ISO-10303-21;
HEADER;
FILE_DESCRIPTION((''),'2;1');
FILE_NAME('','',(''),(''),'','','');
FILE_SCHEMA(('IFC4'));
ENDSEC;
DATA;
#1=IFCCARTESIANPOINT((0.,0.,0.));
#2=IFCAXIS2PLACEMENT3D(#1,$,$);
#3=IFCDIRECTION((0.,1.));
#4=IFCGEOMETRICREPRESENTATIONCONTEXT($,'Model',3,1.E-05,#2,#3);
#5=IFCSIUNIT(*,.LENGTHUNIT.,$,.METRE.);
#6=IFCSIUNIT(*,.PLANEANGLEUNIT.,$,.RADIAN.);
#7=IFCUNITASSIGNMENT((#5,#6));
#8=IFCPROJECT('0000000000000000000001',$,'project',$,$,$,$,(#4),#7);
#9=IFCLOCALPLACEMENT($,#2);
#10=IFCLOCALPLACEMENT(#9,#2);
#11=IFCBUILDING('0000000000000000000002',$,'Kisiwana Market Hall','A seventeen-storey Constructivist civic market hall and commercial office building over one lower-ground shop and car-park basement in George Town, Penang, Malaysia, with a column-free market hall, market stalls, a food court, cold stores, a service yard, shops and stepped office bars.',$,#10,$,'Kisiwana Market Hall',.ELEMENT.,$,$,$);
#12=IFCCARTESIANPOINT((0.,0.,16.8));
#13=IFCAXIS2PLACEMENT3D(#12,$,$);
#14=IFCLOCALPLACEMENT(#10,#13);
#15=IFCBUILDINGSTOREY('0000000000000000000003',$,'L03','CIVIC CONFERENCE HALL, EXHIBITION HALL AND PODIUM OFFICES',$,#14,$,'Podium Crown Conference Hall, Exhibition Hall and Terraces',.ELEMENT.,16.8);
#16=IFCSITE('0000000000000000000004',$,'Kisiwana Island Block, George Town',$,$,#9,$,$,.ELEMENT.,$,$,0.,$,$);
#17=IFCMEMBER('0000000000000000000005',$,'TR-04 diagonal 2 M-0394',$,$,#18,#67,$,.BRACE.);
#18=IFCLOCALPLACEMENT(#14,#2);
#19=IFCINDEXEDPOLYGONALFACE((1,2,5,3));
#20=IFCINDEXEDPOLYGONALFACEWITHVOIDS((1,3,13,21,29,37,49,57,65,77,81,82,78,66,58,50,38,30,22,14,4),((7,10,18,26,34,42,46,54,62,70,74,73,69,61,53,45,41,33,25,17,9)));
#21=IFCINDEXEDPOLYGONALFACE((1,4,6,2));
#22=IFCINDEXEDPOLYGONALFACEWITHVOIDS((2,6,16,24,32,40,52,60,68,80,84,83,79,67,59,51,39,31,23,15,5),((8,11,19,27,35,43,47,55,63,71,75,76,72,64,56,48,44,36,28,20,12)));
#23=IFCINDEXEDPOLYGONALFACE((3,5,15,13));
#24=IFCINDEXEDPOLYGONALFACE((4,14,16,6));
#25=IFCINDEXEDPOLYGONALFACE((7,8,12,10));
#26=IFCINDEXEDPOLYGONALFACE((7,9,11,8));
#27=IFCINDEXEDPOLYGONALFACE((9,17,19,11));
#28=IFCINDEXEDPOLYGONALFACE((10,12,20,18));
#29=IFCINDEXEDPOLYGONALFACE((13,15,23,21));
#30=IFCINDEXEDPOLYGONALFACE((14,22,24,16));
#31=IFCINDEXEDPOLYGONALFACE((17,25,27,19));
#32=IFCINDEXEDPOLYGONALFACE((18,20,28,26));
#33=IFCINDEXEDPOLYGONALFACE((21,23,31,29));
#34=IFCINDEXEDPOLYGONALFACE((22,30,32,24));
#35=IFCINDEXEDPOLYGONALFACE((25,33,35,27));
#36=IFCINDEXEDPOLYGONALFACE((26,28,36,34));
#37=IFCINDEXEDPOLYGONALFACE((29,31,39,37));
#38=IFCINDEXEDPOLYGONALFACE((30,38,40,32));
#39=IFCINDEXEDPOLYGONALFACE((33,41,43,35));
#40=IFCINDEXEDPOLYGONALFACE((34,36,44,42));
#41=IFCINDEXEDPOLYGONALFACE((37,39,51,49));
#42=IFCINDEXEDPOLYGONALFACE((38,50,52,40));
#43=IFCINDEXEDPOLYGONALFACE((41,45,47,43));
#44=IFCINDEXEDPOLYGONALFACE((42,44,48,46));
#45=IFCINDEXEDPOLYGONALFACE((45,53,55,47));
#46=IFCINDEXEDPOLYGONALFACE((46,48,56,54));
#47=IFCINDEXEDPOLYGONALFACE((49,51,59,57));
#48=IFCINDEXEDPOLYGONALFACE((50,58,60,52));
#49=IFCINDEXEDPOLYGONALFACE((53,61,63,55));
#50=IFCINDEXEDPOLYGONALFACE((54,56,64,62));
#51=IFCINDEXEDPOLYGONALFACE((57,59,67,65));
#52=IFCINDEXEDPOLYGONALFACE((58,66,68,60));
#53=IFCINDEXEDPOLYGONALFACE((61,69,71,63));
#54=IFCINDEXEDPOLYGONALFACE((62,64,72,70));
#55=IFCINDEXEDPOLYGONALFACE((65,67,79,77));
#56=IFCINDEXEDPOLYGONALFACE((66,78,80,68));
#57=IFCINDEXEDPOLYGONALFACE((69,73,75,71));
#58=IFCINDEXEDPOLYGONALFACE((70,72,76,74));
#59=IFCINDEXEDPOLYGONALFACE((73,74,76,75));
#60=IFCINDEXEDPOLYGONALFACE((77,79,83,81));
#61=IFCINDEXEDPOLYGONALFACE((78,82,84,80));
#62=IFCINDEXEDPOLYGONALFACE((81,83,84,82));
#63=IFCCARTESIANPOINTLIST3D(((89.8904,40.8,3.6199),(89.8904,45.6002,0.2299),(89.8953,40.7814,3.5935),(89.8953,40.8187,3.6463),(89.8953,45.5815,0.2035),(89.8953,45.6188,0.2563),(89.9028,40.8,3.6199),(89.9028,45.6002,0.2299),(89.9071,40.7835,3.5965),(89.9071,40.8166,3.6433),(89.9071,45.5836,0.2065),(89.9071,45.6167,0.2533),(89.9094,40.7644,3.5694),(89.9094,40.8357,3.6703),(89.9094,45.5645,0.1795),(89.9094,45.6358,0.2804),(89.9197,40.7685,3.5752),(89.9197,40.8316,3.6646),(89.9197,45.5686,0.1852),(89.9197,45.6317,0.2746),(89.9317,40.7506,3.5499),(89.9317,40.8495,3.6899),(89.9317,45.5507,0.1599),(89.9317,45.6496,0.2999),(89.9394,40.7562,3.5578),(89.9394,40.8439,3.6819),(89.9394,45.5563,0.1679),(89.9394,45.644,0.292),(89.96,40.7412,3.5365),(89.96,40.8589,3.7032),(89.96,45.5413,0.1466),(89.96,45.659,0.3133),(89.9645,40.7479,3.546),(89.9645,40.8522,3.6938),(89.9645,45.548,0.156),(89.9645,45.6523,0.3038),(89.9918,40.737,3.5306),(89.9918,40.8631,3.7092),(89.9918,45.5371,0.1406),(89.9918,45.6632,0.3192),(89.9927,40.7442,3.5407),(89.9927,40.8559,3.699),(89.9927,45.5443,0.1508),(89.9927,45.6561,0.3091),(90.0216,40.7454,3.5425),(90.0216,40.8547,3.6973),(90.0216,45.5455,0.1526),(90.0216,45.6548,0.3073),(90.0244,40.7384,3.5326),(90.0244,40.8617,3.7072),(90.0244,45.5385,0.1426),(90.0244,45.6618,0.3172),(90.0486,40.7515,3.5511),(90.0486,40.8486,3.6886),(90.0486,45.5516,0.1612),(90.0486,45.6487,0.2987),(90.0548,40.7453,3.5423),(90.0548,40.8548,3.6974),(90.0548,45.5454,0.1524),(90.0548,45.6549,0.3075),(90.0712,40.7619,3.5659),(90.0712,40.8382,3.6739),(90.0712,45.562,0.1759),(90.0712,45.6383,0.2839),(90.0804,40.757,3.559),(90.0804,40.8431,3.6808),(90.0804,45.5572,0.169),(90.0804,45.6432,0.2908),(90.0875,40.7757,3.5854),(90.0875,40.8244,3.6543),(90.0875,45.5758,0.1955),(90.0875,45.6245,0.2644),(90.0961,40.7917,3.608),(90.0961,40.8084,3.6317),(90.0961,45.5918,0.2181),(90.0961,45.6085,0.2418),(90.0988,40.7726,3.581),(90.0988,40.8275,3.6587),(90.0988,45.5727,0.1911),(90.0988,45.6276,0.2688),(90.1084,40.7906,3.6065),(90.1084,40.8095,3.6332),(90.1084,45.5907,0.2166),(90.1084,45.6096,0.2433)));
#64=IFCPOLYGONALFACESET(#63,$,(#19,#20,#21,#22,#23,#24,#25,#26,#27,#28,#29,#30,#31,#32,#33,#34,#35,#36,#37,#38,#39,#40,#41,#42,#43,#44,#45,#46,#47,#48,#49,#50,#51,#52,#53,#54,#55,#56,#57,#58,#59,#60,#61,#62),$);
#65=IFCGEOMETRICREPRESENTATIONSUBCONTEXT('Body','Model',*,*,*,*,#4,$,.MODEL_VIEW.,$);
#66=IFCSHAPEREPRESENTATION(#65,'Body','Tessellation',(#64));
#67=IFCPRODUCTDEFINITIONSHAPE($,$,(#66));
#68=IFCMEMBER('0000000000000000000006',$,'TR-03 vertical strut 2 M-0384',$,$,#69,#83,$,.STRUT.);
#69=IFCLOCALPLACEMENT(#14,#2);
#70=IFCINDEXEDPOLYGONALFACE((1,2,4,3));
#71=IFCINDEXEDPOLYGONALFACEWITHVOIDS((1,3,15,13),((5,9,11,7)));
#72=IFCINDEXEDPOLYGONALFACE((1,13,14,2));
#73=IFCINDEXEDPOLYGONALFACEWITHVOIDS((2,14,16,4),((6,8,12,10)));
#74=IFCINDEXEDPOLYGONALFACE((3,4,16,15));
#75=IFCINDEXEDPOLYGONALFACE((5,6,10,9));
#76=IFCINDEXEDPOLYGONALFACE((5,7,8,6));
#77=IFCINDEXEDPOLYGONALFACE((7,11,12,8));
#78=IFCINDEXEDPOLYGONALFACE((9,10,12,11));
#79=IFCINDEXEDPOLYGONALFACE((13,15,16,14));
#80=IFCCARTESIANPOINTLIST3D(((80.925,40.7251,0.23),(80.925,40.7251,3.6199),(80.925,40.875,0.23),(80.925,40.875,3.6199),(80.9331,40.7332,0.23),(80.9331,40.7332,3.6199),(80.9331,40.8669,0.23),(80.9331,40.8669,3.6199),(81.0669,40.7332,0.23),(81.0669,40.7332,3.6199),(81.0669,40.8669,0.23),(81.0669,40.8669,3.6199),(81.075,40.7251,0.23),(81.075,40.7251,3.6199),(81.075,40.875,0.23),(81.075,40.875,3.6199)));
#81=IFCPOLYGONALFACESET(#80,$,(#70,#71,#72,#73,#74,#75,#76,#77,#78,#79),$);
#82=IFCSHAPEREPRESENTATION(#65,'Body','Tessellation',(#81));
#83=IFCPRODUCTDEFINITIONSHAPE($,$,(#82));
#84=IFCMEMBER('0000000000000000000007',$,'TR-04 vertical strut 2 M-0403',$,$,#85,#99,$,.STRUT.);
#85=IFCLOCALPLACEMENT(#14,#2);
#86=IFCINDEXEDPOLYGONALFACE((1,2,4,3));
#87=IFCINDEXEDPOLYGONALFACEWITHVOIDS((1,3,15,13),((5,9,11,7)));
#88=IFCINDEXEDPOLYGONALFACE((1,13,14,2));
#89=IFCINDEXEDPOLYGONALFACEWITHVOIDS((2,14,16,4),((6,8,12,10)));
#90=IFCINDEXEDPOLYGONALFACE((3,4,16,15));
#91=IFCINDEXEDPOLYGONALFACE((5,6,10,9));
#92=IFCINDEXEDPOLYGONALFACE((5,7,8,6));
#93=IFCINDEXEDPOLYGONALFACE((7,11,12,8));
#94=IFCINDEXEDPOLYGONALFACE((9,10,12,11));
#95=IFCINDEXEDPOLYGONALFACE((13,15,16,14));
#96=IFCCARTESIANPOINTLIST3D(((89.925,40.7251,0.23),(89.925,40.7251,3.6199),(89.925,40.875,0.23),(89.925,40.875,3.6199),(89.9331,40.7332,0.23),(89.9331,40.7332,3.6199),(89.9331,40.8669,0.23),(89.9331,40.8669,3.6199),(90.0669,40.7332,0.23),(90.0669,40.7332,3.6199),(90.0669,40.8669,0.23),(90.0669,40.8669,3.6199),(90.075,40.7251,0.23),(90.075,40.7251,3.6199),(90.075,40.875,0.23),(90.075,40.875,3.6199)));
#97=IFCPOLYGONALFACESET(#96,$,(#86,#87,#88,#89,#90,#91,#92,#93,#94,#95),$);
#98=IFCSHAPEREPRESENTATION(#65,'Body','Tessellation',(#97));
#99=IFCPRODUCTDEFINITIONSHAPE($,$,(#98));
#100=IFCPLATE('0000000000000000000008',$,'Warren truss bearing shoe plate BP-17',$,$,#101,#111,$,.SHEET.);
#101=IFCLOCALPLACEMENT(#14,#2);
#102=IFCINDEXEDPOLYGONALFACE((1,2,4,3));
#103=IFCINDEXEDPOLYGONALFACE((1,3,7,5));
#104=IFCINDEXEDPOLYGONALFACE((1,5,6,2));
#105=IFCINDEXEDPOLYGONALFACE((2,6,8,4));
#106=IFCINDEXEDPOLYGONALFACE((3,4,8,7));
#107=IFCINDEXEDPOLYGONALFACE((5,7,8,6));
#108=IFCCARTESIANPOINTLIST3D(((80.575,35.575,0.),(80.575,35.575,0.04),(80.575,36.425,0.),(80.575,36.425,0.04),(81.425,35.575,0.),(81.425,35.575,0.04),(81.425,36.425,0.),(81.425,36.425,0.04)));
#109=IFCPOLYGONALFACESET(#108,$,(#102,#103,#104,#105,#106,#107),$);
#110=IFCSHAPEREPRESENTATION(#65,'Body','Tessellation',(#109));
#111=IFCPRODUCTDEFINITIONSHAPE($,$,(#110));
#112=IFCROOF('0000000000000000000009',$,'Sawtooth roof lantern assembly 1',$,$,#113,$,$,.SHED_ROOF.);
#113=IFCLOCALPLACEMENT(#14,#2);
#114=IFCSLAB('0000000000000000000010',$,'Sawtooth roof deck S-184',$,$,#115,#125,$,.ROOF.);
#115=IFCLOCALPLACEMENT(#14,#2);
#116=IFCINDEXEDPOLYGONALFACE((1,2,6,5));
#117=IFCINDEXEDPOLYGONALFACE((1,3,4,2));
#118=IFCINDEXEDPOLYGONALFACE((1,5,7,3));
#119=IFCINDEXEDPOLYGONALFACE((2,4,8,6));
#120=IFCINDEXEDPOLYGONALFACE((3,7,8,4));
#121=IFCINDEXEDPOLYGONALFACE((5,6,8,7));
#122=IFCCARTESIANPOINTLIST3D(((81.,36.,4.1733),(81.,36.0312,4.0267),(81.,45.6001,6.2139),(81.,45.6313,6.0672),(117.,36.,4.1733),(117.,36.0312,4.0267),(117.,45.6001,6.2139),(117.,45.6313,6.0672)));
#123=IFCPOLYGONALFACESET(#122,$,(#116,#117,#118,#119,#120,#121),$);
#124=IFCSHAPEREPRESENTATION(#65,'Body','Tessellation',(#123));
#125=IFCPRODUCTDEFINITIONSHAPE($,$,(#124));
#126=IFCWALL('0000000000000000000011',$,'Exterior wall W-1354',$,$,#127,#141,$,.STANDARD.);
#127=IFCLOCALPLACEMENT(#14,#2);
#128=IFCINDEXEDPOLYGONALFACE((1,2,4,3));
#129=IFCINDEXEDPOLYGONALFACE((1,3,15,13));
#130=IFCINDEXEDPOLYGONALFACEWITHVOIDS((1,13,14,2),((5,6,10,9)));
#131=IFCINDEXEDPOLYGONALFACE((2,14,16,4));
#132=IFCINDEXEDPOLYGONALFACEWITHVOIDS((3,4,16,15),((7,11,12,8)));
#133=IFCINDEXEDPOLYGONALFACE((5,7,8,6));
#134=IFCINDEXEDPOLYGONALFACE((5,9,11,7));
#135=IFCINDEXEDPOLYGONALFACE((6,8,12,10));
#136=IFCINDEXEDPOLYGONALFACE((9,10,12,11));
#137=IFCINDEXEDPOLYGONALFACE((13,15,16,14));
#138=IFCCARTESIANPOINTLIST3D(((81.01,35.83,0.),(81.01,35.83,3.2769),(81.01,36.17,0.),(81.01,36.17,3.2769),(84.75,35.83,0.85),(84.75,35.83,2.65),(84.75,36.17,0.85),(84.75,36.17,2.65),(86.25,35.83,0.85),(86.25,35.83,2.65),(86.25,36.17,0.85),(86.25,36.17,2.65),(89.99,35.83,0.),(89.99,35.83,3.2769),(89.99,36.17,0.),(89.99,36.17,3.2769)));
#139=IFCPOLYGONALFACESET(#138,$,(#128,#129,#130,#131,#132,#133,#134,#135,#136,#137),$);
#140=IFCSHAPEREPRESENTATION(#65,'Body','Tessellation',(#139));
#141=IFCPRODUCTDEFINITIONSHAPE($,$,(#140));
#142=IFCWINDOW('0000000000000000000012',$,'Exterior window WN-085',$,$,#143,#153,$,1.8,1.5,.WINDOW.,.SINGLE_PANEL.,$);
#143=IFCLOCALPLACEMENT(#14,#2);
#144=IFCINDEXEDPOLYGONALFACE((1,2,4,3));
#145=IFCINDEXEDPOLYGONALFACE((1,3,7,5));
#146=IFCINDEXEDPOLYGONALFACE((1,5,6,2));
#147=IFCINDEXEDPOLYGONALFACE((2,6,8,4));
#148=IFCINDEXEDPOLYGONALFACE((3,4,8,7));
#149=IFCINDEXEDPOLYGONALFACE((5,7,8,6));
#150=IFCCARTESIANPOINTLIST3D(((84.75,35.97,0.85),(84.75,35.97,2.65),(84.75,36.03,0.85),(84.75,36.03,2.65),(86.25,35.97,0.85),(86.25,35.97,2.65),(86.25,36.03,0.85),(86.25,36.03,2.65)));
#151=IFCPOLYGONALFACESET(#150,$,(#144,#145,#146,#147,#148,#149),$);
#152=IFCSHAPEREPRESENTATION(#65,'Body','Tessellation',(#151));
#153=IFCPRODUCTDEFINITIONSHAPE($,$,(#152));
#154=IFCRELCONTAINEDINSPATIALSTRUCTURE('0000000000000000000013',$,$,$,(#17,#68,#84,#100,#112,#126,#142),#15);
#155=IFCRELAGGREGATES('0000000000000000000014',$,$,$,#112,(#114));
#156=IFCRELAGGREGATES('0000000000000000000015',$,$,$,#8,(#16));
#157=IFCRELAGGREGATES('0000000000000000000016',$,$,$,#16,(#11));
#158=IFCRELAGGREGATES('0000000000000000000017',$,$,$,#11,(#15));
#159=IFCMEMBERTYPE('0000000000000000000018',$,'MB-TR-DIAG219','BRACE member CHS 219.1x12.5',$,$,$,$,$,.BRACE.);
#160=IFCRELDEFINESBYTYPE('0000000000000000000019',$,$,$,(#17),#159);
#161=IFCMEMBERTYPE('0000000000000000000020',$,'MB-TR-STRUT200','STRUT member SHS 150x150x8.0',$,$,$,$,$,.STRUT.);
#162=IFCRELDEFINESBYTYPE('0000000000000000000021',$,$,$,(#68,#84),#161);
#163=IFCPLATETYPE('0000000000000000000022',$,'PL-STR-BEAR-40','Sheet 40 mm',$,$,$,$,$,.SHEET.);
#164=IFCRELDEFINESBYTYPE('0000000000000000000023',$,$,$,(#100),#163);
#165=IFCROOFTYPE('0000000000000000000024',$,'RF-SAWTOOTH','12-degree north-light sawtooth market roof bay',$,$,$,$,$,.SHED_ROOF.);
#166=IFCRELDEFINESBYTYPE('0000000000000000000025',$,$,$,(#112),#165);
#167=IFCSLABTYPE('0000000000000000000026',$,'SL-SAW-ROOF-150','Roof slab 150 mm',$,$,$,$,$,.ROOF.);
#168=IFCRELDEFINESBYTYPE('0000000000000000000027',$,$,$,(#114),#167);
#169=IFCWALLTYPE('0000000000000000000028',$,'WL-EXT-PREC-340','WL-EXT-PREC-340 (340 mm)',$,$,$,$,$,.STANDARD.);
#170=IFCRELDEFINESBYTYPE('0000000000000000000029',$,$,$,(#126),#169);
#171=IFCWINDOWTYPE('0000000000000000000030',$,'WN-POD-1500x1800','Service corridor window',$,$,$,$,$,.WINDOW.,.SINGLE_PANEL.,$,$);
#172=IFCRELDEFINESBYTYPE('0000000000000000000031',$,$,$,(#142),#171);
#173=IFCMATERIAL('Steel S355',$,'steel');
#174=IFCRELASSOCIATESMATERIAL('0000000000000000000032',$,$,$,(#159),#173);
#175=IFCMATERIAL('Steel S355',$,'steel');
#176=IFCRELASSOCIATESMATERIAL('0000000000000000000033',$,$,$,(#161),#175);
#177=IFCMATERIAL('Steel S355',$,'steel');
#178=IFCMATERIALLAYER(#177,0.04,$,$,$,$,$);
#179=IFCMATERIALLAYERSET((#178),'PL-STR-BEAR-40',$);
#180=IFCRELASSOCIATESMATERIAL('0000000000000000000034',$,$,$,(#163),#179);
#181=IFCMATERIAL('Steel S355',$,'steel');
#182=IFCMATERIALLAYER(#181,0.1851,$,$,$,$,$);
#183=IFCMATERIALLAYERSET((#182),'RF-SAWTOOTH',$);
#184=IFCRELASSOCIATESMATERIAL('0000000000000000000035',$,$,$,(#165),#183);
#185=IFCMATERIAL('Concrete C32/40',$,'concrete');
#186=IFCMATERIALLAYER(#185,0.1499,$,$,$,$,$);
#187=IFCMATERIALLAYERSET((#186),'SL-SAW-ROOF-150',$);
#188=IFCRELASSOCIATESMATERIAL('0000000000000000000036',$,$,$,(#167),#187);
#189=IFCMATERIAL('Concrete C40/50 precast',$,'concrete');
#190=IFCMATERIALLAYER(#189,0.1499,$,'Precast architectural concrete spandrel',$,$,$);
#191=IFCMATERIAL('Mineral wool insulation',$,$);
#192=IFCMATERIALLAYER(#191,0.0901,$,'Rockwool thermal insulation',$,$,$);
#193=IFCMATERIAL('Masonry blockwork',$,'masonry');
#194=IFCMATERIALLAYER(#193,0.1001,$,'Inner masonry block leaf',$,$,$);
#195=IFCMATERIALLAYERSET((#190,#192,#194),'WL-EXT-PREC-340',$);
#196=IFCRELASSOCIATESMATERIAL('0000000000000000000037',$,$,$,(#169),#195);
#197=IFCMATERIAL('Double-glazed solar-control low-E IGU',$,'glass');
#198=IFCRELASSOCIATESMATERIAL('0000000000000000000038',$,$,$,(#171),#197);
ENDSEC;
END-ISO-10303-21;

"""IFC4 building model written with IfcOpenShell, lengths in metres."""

from ifc_helpers import new_model, si_unit, direction, frame, frame_2d, origin, origin_2d, place, context, subcontext, project, spatial, polyline, rectangle, hollow_rectangle, hollow_circle, outline, extrude, material, layer, layer_set, material_profile, profile_set, type_object, element, fill, aggregate, save


model = new_model("IFC4")

# Units and contexts
model_context = context("Model", 3, precision=1e-05, world=origin(), true_north=direction((0.0, 1.0)))
body_context = subcontext(model_context, "Body", "Model", "MODEL_VIEW")
ifc_project = project(units=[si_unit("LENGTHUNIT", "METRE"), si_unit("PLANEANGLEUNIT", "RADIAN")], contexts=[model_context])

# Site, building, storey
site_placement = place(None, origin())
site = spatial("IfcSite", under=ifc_project, at=site_placement, Name="Kisiwana Island Block, George Town", CompositionType="ELEMENT", RefElevation=0.0)
building_placement = place(site_placement, origin())
building = spatial("IfcBuilding", under=site, at=building_placement, Name="Kisiwana Market Hall", Description="A seventeen-storey Constructivist civic market hall and commercial office building over one lower-ground shop and car-park basement in George Town, Penang, Malaysia, with a column-free market hall, market stalls, a food court, cold stores, a service yard, shops and stepped office bars.", LongName="Kisiwana Market Hall", CompositionType="ELEMENT")
storey_placement = place(building_placement, frame((0.0, 0.0, 16.8)))
storey = spatial("IfcBuildingStorey", under=building, at=storey_placement, Name="L03", Description="CIVIC CONFERENCE HALL, EXHIBITION HALL AND PODIUM OFFICES", LongName="Podium Crown Conference Hall, Exhibition Hall and Terraces", CompositionType="ELEMENT", Elevation=16.8)

# Members
ifc_material_1 = material(Name="Steel S355", Category="steel")
ifc_material_profile_1 = material_profile(ifc_material_1, hollow_circle(Radius=0.1096, WallThickness=0.0125, at=origin_2d()), Name="CHS 219.1x12.5")
ifc_profile_set_1 = profile_set([ifc_material_profile_1], Name="Steel S355")
member_type_1 = type_object("IfcMemberType", Name="MB-TR-DIAG219", Description="BRACE member CHS 219.1x12.5", PredefinedType="BRACE", material=ifc_profile_set_1)
for number, where, z_axis, x_axis, name in (
    (1, (90.0, 40.8, 3.6199), (0.0, 0.816838, -0.576868), (-1.0, 0.0, 0.0), "TR-04 diagonal 2 M-0394"),
):
    element("IfcMember", number, at=place(storey_placement, frame(where, z_axis=z_axis, x_axis=x_axis)), inside=storey, type_object=member_type_1, Name=name, PredefinedType="BRACE", context=body_context, shape_type="SweptSolid", body=[
        extrude(hollow_circle(Radius=0.1096, WallThickness=0.0125, at=origin_2d()), origin(), (0.0, 0.0, 1.0), 5.8765),
    ])
ifc_material_2 = material(Name="Steel S355", Category="steel")
ifc_material_profile_2 = material_profile(ifc_material_2, hollow_rectangle(XDim=0.1499, YDim=0.1499, WallThickness=0.0081, at=origin_2d()), Name="SHS 150x150x8.0")
ifc_profile_set_2 = profile_set([ifc_material_profile_2], Name="Steel S355")
member_type_2 = type_object("IfcMemberType", Name="MB-TR-STRUT200", Description="STRUT member SHS 150x150x8.0", PredefinedType="STRUT", material=ifc_profile_set_2)
for number, where, z_axis, x_axis, name in (
    (2, (81.0, 40.8, 0.23), (0.0, 0.0, 1.0), (1.0, 0.0, 0.0), "TR-03 vertical strut 2 M-0384"),
    (3, (90.0, 40.8, 0.23), (0.0, 0.0, 1.0), (1.0, 0.0, 0.0), "TR-04 vertical strut 2 M-0403"),
):
    element("IfcMember", number, at=place(storey_placement, frame(where, z_axis=z_axis, x_axis=x_axis)), inside=storey, type_object=member_type_2, Name=name, PredefinedType="STRUT", context=body_context, shape_type="SweptSolid", body=[
        extrude(hollow_rectangle(XDim=0.1499, YDim=0.1499, WallThickness=0.0081, at=origin_2d()), origin(), (0.0, 0.0, 1.0), 3.3899),
    ])

# Plate
ifc_material_3 = material(Name="Steel S355", Category="steel")
ifc_layer_1 = layer(ifc_material_3, 0.04)
ifc_layer_set_1 = layer_set([ifc_layer_1], Name="PL-STR-BEAR-40")
plate_type = type_object("IfcPlateType", Name="PL-STR-BEAR-40", Description="Sheet 40 mm", PredefinedType="SHEET", material=ifc_layer_set_1)
plate_placement = place(storey_placement, frame((81.0, 36.0, 0.0), z_axis=(0.0, 0.0, 1.0), x_axis=(1.0, 0.0, 0.0)))
element("IfcPlate", 4, at=plate_placement, inside=storey, type_object=plate_type, Name="Warren truss bearing shoe plate BP-17", PredefinedType="SHEET", context=body_context, shape_type="SweptSolid", body=[
    extrude(rectangle(XDim=0.8501, YDim=0.8501, at=origin_2d()), origin(), (0.0, 0.0, 1.0), 0.04),
])

# Roof, slab
ifc_material_4 = material(Name="Steel S355", Category="steel")
ifc_layer_2 = layer(ifc_material_4, 0.1851)
ifc_layer_set_2 = layer_set([ifc_layer_2], Name="RF-SAWTOOTH")
roof_type = type_object("IfcRoofType", Name="RF-SAWTOOTH", Description="12-degree north-light sawtooth market roof bay", PredefinedType="SHED_ROOF", material=ifc_layer_set_2)
roof_placement = place(storey_placement, origin())
roof = element("IfcRoof", 5, at=roof_placement, inside=storey, type_object=roof_type, Name="Sawtooth roof lantern assembly 1", PredefinedType="SHED_ROOF")
ifc_material_5 = material(Name="Concrete C32/40", Category="concrete")
ifc_layer_3 = layer(ifc_material_5, 0.1499)
ifc_layer_set_3 = layer_set([ifc_layer_3], Name="SL-SAW-ROOF-150")
slab_type = type_object("IfcSlabType", Name="SL-SAW-ROOF-150", Description="Roof slab 150 mm", PredefinedType="ROOF", material=ifc_layer_set_3)
slab_placement = place(storey_placement, frame((81.0, 36.0, 4.1733), z_axis=(0.0, -0.207908, 0.978148), x_axis=(1.0, 0.0, 0.0)))
slab = element("IfcSlab", 6, at=slab_placement, type_object=slab_type, Name="Sawtooth roof deck S-184", PredefinedType="ROOF", context=body_context, shape_type="SweptSolid", body=[
    extrude(outline(polyline([(0.0, 0.0), (36.0, 0.0), (36.0, 9.8146), (0.0, 9.8146), (0.0, 0.0)])), origin(), (0.0, 0.0, -1.0), 0.1499),
])
aggregate(roof, [slab])

# Wall, opening, window
ifc_material_6 = material(Name="Concrete C40/50 precast", Category="concrete")
ifc_layer_4 = layer(ifc_material_6, 0.1499, Name="Precast architectural concrete spandrel")
ifc_material_7 = material(Name="Mineral wool insulation")
ifc_layer_5 = layer(ifc_material_7, 0.0901, Name="Rockwool thermal insulation")
ifc_material_8 = material(Name="Masonry blockwork", Category="masonry")
ifc_layer_6 = layer(ifc_material_8, 0.1001, Name="Inner masonry block leaf")
ifc_layer_set_4 = layer_set([ifc_layer_4, ifc_layer_5, ifc_layer_6], Name="WL-EXT-PREC-340")
wall_type = type_object("IfcWallType", Name="WL-EXT-PREC-340", Description="WL-EXT-PREC-340 (340 mm)", PredefinedType="STANDARD", material=ifc_layer_set_4)
wall_placement = place(storey_placement, frame((81.01, 36.0, 0.0), z_axis=(0.0, 0.0, 1.0), x_axis=(1.0, 0.0, 0.0)))
wall = element("IfcWall", 7, at=wall_placement, inside=storey, type_object=wall_type, Name="Exterior wall W-1354", PredefinedType="STANDARD", context=body_context, shape_type="SweptSolid", body=[
    extrude(rectangle(XDim=8.98, YDim=0.3401, at=frame_2d((4.49, 0.0))), origin(), (0.0, 0.0, 1.0), 3.2769),
])
opening_placement = place(wall_placement, frame((3.74, 0.0, 0.8501)))
opening = element("IfcOpeningElement", 8, at=opening_placement, cuts=wall, PredefinedType="OPENING", context=body_context, shape_type="SweptSolid", body=[
    extrude(rectangle(XDim=1.5, YDim=1.8, at=frame_2d((0.75, 0.8999))), frame((0.0, 0.1821, 0.0), z_axis=(0.0, -1.0, 0.0), x_axis=(1.0, 0.0, 0.0)), (0.0, 0.0, 1.0), 0.364),
])
ifc_material_9 = material(Name="Double-glazed solar-control low-E IGU", Category="glass")
window_type = type_object("IfcWindowType", Name="WN-POD-1500x1800", Description="Service corridor window", PartitioningType="SINGLE_PANEL", PredefinedType="WINDOW", material=ifc_material_9)
window_placement = place(opening_placement, origin())
window = element("IfcWindow", 9, at=window_placement, inside=storey, type_object=window_type, Name="Exterior window WN-085", OverallHeight=1.8, OverallWidth=1.5, PartitioningType="SINGLE_PANEL", PredefinedType="WINDOW", context=body_context, shape_type="SweptSolid", body=[
    extrude(rectangle(XDim=1.5, YDim=1.8, at=frame_2d((0.75, 0.8999))), frame((0.0, 0.03, 0.0), z_axis=(0.0, -1.0, 0.0), x_axis=(1.0, 0.0, 0.0)), (0.0, 0.0, 1.0), 0.0601),
])
fill(opening, window)

save(model, "model.ifc")
